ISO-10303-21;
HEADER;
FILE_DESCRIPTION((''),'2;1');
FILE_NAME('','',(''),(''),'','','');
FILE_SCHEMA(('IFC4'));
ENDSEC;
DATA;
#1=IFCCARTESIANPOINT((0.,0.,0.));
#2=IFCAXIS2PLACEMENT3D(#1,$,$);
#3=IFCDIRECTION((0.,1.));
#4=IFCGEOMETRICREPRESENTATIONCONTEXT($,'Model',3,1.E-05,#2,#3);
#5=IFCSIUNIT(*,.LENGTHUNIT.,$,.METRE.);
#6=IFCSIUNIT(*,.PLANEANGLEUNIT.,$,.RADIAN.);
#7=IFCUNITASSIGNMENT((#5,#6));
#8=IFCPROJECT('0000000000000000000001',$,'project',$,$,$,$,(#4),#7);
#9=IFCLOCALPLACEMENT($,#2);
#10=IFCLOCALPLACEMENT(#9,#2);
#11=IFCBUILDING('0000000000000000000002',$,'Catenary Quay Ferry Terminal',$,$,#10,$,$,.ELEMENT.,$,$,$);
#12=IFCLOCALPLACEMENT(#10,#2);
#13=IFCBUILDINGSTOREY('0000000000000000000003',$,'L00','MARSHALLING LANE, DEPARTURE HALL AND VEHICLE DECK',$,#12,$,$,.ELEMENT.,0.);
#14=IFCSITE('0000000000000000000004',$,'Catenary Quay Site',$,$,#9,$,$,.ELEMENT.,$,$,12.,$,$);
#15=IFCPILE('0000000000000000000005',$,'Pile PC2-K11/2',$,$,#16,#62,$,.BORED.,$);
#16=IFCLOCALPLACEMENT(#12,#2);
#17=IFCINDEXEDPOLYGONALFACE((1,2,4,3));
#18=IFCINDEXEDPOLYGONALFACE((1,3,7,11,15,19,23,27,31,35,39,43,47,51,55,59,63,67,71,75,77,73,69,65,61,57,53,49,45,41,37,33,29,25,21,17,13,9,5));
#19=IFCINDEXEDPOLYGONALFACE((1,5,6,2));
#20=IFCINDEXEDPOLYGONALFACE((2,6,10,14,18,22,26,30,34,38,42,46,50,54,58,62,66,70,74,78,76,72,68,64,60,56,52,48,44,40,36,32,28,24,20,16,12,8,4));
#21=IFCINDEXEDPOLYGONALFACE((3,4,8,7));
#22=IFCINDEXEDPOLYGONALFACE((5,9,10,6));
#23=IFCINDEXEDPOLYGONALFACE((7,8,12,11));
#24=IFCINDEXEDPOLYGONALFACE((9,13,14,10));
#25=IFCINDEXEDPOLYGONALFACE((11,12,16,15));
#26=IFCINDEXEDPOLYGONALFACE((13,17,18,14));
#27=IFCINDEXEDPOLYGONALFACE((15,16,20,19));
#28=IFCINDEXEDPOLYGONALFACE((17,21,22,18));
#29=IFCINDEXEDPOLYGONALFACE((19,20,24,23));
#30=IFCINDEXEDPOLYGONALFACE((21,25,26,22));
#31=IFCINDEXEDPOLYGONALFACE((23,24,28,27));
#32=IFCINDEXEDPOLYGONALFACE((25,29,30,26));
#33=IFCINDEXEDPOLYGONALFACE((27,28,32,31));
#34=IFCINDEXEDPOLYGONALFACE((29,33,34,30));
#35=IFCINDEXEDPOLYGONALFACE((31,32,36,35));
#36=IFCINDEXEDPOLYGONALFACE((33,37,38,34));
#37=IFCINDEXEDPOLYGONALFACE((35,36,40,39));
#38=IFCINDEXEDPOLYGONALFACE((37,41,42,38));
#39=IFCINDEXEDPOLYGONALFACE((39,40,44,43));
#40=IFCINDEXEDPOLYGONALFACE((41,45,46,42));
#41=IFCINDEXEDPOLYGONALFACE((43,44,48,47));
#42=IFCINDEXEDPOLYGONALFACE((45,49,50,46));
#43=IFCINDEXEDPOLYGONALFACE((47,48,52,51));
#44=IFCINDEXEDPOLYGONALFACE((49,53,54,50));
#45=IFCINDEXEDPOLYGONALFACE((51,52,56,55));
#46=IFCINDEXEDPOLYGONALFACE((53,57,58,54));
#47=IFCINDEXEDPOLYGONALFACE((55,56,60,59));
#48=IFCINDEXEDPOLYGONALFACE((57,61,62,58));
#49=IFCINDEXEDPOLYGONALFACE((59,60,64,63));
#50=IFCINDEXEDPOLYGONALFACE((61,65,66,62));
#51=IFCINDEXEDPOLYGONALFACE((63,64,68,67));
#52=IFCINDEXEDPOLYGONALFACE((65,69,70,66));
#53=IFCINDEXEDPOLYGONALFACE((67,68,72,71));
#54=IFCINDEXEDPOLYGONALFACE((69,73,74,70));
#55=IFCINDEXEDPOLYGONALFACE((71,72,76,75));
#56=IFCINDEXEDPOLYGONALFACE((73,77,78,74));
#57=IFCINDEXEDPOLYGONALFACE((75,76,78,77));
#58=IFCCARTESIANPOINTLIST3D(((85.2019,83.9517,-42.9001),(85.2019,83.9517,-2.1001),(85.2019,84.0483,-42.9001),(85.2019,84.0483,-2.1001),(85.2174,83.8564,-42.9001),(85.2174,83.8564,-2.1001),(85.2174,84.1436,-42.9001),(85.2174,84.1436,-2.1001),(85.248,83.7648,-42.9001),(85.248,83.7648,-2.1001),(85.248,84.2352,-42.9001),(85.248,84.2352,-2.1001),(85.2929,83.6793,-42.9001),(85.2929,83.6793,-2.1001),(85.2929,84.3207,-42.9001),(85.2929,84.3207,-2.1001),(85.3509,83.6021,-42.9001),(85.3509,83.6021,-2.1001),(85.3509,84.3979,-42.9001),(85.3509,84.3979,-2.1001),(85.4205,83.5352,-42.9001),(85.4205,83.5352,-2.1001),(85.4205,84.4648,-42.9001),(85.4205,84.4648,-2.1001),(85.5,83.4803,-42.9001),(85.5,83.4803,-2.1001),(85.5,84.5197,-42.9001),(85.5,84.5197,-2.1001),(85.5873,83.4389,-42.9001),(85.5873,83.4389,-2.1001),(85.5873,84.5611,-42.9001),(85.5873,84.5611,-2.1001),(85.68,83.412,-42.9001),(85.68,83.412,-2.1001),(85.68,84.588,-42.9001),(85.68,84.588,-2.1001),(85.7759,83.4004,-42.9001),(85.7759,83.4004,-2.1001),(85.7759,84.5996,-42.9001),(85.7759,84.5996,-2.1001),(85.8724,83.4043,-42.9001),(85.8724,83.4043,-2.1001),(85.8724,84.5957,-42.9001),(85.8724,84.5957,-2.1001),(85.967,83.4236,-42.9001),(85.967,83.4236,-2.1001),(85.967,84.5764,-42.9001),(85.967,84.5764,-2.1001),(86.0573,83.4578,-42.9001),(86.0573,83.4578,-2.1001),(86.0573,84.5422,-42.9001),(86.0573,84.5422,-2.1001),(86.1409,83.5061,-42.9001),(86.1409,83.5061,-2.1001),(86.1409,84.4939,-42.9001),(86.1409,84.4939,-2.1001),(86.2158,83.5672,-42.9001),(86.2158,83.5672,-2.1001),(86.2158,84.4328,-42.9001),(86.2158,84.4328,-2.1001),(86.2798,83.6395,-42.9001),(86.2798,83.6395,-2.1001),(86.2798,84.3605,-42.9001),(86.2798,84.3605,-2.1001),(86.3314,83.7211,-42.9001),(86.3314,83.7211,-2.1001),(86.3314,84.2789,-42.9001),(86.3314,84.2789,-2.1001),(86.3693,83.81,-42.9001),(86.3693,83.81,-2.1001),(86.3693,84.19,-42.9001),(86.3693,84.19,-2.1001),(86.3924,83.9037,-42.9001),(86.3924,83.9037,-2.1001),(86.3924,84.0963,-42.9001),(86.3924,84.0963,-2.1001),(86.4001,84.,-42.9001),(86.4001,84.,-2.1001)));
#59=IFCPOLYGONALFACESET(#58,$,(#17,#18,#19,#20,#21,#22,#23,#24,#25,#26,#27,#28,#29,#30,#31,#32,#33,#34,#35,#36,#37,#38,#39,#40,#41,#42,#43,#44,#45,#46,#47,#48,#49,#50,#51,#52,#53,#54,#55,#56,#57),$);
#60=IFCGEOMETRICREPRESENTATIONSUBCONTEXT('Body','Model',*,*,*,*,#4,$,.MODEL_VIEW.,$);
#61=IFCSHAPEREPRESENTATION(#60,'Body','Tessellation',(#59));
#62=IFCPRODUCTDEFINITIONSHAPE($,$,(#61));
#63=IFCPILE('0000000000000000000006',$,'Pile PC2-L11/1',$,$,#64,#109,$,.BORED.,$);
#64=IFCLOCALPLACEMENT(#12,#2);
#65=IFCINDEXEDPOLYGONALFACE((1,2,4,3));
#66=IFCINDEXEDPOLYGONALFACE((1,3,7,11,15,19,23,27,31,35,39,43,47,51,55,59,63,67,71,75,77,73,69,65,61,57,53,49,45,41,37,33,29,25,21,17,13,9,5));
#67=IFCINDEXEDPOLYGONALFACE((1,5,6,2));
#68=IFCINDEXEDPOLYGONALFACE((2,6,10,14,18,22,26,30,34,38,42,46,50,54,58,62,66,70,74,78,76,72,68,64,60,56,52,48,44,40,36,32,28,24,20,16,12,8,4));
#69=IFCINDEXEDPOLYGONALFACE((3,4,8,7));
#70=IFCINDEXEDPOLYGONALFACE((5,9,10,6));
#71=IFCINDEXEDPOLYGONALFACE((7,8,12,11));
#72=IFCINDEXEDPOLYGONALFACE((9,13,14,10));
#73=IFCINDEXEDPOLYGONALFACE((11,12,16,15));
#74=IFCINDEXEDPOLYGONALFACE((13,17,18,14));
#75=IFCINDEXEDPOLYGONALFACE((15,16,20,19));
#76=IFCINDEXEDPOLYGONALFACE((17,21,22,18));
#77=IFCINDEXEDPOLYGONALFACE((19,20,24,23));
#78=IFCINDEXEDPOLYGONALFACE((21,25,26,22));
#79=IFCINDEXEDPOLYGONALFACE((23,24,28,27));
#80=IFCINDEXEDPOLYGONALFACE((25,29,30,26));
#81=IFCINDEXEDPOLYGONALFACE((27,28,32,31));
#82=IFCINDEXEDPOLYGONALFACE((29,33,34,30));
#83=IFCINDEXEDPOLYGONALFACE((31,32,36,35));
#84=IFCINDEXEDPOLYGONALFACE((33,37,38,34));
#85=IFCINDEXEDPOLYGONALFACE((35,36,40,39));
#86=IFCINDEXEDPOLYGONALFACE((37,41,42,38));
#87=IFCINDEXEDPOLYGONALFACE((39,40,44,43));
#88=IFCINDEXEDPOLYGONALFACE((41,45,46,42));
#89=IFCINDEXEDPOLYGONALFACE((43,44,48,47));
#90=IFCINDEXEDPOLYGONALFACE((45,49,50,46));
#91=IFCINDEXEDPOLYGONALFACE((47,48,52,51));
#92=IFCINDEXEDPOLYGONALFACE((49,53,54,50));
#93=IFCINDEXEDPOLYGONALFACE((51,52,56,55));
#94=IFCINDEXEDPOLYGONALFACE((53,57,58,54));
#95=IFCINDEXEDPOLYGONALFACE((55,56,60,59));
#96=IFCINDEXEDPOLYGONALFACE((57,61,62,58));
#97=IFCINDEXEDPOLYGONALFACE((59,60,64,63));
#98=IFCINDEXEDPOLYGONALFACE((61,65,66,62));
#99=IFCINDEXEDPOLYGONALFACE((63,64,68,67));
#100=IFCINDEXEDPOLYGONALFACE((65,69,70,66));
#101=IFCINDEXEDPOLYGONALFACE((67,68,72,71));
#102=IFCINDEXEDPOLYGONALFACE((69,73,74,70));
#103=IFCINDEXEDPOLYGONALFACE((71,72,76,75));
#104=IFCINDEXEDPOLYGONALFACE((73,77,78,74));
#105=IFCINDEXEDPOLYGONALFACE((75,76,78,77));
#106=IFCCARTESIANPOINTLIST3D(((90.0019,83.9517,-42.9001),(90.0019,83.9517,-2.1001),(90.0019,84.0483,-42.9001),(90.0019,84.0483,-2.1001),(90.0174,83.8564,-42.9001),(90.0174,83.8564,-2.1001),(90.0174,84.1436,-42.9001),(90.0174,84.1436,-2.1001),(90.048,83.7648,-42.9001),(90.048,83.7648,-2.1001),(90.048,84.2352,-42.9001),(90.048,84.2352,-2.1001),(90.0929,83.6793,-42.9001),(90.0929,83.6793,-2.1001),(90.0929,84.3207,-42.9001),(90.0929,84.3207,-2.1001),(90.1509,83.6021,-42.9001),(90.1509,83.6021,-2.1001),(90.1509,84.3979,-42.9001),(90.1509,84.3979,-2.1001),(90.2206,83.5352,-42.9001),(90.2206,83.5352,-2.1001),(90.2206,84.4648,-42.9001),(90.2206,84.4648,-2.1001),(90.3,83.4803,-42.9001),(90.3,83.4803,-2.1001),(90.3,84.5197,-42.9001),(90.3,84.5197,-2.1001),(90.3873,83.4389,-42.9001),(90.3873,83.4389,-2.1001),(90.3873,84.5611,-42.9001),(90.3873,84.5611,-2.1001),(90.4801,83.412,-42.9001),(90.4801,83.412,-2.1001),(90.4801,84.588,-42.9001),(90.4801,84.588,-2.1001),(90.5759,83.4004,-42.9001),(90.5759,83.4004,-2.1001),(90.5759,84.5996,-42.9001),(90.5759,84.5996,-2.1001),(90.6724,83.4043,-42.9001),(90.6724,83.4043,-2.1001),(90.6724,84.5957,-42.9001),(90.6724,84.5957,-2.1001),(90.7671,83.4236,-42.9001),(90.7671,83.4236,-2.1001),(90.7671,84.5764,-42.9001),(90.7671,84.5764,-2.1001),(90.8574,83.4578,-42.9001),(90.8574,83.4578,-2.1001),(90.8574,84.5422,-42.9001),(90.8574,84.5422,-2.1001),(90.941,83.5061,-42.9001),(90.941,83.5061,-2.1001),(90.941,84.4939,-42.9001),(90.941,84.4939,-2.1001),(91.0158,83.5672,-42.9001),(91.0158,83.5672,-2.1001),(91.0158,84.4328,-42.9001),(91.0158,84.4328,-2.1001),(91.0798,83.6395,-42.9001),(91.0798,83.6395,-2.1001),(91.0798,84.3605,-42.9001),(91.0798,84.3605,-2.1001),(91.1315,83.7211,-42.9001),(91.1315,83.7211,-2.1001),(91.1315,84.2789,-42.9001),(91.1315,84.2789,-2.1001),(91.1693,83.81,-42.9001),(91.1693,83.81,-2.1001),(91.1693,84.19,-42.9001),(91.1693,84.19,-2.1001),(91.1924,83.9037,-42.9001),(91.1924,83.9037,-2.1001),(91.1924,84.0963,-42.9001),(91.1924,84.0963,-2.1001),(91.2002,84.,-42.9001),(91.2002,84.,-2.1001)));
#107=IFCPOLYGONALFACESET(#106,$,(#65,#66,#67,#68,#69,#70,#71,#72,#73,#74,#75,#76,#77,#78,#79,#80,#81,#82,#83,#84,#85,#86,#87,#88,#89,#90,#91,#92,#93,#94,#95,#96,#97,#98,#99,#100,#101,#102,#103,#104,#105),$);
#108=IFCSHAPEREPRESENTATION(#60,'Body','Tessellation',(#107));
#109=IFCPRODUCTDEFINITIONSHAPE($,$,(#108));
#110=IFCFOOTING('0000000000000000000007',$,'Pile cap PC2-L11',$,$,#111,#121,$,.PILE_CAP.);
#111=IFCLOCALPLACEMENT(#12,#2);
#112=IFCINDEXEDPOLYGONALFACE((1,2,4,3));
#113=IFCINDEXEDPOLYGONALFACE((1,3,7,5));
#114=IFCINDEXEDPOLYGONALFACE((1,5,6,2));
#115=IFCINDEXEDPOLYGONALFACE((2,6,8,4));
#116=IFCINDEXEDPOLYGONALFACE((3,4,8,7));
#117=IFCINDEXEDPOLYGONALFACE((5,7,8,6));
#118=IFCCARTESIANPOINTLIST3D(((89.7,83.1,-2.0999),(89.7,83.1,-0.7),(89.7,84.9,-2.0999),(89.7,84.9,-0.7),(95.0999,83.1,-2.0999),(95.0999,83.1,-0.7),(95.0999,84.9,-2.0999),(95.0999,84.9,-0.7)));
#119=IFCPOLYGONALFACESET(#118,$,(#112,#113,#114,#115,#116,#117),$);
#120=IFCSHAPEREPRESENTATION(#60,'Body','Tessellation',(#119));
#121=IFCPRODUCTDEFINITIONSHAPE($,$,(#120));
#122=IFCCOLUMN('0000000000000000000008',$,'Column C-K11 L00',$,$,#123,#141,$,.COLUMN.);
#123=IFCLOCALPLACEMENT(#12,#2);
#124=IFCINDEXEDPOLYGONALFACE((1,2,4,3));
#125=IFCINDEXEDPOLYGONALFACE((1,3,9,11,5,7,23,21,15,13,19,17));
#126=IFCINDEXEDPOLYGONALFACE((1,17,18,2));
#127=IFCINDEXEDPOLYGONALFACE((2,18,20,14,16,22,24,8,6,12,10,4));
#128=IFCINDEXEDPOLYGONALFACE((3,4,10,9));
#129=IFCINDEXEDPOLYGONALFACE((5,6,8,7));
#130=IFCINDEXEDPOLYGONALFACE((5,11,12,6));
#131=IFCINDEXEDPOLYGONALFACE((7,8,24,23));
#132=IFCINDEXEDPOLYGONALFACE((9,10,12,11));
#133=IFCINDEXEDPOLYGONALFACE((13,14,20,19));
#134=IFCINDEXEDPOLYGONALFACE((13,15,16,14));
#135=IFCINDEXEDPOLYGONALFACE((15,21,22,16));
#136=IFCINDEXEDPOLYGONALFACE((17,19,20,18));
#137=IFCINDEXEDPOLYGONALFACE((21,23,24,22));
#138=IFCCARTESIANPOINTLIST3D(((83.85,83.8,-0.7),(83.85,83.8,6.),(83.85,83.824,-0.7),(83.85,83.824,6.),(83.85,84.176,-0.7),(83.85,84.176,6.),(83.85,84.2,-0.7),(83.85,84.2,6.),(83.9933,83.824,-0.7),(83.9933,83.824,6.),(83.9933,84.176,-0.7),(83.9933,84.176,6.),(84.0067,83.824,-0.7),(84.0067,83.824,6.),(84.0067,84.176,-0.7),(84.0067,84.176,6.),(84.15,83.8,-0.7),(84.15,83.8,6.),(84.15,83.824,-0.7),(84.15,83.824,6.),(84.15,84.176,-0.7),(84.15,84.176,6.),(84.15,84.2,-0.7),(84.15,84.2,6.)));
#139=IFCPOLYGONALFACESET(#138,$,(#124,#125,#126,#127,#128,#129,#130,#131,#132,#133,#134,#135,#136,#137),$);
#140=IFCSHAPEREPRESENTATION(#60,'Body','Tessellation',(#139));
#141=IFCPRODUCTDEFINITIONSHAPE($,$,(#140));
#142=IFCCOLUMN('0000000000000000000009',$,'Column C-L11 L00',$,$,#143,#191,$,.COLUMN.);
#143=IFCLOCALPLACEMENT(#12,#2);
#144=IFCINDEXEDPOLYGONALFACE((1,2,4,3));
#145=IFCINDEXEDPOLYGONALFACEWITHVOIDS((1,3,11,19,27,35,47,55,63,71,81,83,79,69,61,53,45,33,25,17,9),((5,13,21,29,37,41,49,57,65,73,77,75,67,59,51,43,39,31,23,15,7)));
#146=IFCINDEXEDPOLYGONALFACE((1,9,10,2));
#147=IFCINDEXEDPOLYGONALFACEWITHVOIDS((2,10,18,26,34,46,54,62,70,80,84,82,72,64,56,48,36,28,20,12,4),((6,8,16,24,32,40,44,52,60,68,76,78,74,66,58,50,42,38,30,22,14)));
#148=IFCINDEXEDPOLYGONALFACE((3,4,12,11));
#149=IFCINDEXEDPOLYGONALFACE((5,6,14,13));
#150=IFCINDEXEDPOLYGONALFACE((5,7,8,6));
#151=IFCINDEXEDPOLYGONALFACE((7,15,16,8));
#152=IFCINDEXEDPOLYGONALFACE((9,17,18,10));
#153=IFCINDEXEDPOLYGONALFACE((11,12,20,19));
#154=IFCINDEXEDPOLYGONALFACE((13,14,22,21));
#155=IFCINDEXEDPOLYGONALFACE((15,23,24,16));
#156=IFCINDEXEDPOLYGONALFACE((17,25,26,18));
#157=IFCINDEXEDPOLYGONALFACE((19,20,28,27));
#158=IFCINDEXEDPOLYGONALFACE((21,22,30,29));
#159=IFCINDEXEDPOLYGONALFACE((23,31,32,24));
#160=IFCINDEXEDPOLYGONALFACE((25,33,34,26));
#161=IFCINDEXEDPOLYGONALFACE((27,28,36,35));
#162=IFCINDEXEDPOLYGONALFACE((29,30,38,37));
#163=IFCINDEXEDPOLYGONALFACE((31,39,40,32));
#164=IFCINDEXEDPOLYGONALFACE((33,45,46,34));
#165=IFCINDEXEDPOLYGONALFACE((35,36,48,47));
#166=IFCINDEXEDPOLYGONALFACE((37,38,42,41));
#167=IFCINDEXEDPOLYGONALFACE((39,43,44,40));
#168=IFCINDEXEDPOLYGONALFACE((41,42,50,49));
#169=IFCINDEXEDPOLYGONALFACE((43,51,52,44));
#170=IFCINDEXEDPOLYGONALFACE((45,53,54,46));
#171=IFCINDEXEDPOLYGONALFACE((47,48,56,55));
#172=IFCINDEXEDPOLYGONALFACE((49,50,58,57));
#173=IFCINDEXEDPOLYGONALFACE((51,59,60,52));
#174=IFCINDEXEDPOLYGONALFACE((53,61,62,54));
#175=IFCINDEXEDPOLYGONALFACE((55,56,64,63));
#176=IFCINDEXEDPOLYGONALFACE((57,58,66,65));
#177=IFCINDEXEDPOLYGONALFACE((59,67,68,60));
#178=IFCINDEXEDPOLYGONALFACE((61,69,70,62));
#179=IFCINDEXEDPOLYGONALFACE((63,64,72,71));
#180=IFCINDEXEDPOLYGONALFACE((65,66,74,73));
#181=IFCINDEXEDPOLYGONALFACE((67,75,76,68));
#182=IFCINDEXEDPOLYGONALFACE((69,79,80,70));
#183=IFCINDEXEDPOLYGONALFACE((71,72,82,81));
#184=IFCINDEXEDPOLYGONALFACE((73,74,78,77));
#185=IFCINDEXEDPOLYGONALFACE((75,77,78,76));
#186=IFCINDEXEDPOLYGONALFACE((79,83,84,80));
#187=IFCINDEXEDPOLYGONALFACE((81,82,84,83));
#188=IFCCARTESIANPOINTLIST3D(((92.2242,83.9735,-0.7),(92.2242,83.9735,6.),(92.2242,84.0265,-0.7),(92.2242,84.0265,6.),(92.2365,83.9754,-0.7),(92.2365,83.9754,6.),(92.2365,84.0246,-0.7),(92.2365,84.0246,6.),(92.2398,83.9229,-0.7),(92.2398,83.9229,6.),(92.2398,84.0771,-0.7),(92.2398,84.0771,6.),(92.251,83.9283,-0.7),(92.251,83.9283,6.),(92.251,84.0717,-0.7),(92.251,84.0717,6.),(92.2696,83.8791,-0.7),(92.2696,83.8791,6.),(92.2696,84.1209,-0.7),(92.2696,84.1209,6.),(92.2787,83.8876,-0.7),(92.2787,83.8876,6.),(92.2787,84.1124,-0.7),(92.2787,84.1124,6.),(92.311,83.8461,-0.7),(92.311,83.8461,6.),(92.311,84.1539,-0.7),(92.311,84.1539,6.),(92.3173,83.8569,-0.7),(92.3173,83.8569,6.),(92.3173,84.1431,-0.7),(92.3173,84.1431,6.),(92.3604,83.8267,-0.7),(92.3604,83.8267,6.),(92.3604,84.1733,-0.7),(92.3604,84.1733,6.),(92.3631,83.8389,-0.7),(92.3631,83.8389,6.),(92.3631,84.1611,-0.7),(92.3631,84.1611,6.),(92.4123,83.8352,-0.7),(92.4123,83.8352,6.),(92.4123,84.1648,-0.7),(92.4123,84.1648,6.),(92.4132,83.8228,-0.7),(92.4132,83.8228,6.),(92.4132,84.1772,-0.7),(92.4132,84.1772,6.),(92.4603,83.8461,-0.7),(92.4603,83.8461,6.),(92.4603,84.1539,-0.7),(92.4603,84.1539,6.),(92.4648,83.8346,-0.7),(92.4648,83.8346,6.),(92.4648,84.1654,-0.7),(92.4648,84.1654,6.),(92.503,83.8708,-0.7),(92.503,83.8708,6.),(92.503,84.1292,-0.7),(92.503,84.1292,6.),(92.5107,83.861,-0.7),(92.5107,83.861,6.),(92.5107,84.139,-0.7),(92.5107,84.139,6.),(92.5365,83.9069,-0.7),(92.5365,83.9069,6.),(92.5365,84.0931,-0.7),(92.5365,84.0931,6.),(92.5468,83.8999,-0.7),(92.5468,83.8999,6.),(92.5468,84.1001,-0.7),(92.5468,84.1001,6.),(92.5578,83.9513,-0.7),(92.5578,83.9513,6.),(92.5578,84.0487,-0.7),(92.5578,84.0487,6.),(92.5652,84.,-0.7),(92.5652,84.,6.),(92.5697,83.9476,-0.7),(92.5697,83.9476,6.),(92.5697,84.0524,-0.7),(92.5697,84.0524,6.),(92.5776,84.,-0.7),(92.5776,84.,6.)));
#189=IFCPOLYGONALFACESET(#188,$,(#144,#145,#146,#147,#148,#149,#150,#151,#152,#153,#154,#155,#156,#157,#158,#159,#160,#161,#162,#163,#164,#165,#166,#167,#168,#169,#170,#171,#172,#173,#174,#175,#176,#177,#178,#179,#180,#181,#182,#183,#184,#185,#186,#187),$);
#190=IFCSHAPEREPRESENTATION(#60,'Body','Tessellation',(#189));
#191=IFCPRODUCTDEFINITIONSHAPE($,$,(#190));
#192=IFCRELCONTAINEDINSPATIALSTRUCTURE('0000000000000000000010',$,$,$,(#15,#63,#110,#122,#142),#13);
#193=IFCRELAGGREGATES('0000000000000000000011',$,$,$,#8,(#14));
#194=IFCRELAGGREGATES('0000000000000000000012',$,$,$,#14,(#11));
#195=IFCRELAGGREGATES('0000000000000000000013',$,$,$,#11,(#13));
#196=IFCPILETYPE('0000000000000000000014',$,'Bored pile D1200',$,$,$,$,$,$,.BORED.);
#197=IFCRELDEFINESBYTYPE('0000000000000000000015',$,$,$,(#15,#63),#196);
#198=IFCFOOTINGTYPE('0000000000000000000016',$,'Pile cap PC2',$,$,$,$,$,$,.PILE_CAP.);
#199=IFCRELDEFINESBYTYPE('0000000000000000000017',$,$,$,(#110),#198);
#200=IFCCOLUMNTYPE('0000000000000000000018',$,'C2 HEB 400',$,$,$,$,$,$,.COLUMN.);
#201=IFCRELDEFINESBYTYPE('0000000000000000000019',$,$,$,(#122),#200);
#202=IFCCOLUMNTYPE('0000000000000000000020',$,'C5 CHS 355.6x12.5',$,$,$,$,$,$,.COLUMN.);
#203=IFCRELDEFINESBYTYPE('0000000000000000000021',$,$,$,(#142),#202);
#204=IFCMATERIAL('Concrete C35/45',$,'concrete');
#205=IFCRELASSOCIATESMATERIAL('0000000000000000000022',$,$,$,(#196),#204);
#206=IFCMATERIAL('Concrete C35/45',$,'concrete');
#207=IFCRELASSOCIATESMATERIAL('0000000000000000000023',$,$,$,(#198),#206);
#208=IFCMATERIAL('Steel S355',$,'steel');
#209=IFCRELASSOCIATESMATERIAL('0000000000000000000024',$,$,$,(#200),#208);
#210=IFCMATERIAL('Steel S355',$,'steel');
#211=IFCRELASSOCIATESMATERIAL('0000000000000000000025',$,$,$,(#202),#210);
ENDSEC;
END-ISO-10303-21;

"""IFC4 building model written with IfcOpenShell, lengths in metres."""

from ifc_helpers import new_model, si_unit, direction, frame, origin, origin_2d, place, context, subcontext, project, spatial, rectangle, circle, hollow_circle, i_section, extrude, material, material_profile, profile_set, type_object, element, save


model = new_model("IFC4")

# Units and contexts
model_context = context("Model", 3, precision=1e-05, world=origin(), true_north=direction((0.0, 1.0)))
body_context = subcontext(model_context, "Body", "Model", "MODEL_VIEW")
ifc_project = project(units=[si_unit("LENGTHUNIT", "METRE"), si_unit("PLANEANGLEUNIT", "RADIAN")], contexts=[model_context])

# Site, building, storey
site_placement = place(None, origin())
site = spatial("IfcSite", under=ifc_project, at=site_placement, Name="Catenary Quay Site", CompositionType="ELEMENT", RefElevation=12.0)
building_placement = place(site_placement, origin())
building = spatial("IfcBuilding", under=site, at=building_placement, Name="Catenary Quay Ferry Terminal", CompositionType="ELEMENT")
storey_placement = place(building_placement, origin())
storey = spatial("IfcBuildingStorey", under=building, at=storey_placement, Name="L00", Description="MARSHALLING LANE, DEPARTURE HALL AND VEHICLE DECK", CompositionType="ELEMENT", Elevation=0.0)

# Piles
ifc_material_1 = material(Name="Concrete C35/45", Category="concrete")
ifc_material_profile_1 = material_profile(ifc_material_1, circle(Radius=0.6001, at=origin_2d()), Name="D1200")
ifc_profile_set_1 = profile_set([ifc_material_profile_1], Name="Concrete C35/45")
pile_type = type_object("IfcPileType", Name="Bored pile D1200", PredefinedType="BORED", material=ifc_profile_set_1)
for number, where, z_axis, x_axis, name in (
    (1, (85.8, 84.0, -2.1001), (0.0, 0.0, -1.0), (1.0, 0.0, 0.0), "Pile PC2-K11/2"),
    (2, (90.6001, 84.0, -2.1001), (0.0, 0.0, -1.0), (1.0, 0.0, 0.0), "Pile PC2-L11/1"),
):
    element("IfcPile", number, at=place(storey_placement, frame(where, z_axis=z_axis, x_axis=x_axis)), inside=storey, type_object=pile_type, Name=name, PredefinedType="BORED", context=body_context, shape_type="SweptSolid", body=[
        extrude(circle(Radius=0.6001, at=origin_2d()), origin(), (0.0, 0.0, 1.0), 40.8),
    ])

# Footing
ifc_material_2 = material(Name="Concrete C35/45", Category="concrete")
footing_type = type_object("IfcFootingType", Name="Pile cap PC2", PredefinedType="PILE_CAP", material=ifc_material_2)
footing_placement = place(storey_placement, frame((92.3999, 84.0, -2.0999), z_axis=(0.0, 0.0, 1.0), x_axis=(1.0, 0.0, 0.0)))
element("IfcFooting", 3, at=footing_placement, inside=storey, type_object=footing_type, Name="Pile cap PC2-L11", PredefinedType="PILE_CAP", context=body_context, shape_type="SweptSolid", body=[
    extrude(rectangle(XDim=5.3999, YDim=1.8, at=origin_2d()), origin(), (0.0, 0.0, 1.0), 1.3999),
])

# Columns
ifc_material_3 = material(Name="Steel S355", Category="steel")
ifc_material_profile_2 = material_profile(ifc_material_3, i_section(OverallWidth=0.3, OverallDepth=0.3999, WebThickness=0.0134, FlangeThickness=0.0239, at=origin_2d()), Name="HEB 400")
ifc_profile_set_2 = profile_set([ifc_material_profile_2], Name="Steel S355")
column_type_1 = type_object("IfcColumnType", Name="C2 HEB 400", PredefinedType="COLUMN", material=ifc_profile_set_2)
column_1_placement = place(storey_placement, frame((84.0, 84.0, -0.7), z_axis=(0.0, 0.0, 1.0), x_axis=(1.0, 0.0, 0.0)))
element("IfcColumn", 4, at=column_1_placement, inside=storey, type_object=column_type_1, Name="Column C-K11 L00", PredefinedType="COLUMN", context=body_context, shape_type="SweptSolid", body=[
    extrude(i_section(OverallWidth=0.3, OverallDepth=0.3999, WebThickness=0.0134, FlangeThickness=0.0239, at=origin_2d()), origin(), (0.0, 0.0, 1.0), 6.7),
])
ifc_material_4 = material(Name="Steel S355", Category="steel")
ifc_material_profile_3 = material_profile(ifc_material_4, hollow_circle(Radius=0.1777, WallThickness=0.0125, at=origin_2d()), Name="CHS 355.6x12.5")
ifc_profile_set_3 = profile_set([ifc_material_profile_3], Name="Steel S355")
column_type_2 = type_object("IfcColumnType", Name="C5 CHS 355.6x12.5", PredefinedType="COLUMN", material=ifc_profile_set_3)
column_2_placement = place(storey_placement, frame((92.3999, 84.0, -0.7), z_axis=(0.0, 0.0, 1.0), x_axis=(1.0, 0.0, 0.0)))
element("IfcColumn", 5, at=column_2_placement, inside=storey, type_object=column_type_2, Name="Column C-L11 L00", PredefinedType="COLUMN", context=body_context, shape_type="SweptSolid", body=[
    extrude(hollow_circle(Radius=0.1777, WallThickness=0.0125, at=origin_2d()), origin(), (0.0, 0.0, 1.0), 6.7),
])

save(model, "model.ifc")
